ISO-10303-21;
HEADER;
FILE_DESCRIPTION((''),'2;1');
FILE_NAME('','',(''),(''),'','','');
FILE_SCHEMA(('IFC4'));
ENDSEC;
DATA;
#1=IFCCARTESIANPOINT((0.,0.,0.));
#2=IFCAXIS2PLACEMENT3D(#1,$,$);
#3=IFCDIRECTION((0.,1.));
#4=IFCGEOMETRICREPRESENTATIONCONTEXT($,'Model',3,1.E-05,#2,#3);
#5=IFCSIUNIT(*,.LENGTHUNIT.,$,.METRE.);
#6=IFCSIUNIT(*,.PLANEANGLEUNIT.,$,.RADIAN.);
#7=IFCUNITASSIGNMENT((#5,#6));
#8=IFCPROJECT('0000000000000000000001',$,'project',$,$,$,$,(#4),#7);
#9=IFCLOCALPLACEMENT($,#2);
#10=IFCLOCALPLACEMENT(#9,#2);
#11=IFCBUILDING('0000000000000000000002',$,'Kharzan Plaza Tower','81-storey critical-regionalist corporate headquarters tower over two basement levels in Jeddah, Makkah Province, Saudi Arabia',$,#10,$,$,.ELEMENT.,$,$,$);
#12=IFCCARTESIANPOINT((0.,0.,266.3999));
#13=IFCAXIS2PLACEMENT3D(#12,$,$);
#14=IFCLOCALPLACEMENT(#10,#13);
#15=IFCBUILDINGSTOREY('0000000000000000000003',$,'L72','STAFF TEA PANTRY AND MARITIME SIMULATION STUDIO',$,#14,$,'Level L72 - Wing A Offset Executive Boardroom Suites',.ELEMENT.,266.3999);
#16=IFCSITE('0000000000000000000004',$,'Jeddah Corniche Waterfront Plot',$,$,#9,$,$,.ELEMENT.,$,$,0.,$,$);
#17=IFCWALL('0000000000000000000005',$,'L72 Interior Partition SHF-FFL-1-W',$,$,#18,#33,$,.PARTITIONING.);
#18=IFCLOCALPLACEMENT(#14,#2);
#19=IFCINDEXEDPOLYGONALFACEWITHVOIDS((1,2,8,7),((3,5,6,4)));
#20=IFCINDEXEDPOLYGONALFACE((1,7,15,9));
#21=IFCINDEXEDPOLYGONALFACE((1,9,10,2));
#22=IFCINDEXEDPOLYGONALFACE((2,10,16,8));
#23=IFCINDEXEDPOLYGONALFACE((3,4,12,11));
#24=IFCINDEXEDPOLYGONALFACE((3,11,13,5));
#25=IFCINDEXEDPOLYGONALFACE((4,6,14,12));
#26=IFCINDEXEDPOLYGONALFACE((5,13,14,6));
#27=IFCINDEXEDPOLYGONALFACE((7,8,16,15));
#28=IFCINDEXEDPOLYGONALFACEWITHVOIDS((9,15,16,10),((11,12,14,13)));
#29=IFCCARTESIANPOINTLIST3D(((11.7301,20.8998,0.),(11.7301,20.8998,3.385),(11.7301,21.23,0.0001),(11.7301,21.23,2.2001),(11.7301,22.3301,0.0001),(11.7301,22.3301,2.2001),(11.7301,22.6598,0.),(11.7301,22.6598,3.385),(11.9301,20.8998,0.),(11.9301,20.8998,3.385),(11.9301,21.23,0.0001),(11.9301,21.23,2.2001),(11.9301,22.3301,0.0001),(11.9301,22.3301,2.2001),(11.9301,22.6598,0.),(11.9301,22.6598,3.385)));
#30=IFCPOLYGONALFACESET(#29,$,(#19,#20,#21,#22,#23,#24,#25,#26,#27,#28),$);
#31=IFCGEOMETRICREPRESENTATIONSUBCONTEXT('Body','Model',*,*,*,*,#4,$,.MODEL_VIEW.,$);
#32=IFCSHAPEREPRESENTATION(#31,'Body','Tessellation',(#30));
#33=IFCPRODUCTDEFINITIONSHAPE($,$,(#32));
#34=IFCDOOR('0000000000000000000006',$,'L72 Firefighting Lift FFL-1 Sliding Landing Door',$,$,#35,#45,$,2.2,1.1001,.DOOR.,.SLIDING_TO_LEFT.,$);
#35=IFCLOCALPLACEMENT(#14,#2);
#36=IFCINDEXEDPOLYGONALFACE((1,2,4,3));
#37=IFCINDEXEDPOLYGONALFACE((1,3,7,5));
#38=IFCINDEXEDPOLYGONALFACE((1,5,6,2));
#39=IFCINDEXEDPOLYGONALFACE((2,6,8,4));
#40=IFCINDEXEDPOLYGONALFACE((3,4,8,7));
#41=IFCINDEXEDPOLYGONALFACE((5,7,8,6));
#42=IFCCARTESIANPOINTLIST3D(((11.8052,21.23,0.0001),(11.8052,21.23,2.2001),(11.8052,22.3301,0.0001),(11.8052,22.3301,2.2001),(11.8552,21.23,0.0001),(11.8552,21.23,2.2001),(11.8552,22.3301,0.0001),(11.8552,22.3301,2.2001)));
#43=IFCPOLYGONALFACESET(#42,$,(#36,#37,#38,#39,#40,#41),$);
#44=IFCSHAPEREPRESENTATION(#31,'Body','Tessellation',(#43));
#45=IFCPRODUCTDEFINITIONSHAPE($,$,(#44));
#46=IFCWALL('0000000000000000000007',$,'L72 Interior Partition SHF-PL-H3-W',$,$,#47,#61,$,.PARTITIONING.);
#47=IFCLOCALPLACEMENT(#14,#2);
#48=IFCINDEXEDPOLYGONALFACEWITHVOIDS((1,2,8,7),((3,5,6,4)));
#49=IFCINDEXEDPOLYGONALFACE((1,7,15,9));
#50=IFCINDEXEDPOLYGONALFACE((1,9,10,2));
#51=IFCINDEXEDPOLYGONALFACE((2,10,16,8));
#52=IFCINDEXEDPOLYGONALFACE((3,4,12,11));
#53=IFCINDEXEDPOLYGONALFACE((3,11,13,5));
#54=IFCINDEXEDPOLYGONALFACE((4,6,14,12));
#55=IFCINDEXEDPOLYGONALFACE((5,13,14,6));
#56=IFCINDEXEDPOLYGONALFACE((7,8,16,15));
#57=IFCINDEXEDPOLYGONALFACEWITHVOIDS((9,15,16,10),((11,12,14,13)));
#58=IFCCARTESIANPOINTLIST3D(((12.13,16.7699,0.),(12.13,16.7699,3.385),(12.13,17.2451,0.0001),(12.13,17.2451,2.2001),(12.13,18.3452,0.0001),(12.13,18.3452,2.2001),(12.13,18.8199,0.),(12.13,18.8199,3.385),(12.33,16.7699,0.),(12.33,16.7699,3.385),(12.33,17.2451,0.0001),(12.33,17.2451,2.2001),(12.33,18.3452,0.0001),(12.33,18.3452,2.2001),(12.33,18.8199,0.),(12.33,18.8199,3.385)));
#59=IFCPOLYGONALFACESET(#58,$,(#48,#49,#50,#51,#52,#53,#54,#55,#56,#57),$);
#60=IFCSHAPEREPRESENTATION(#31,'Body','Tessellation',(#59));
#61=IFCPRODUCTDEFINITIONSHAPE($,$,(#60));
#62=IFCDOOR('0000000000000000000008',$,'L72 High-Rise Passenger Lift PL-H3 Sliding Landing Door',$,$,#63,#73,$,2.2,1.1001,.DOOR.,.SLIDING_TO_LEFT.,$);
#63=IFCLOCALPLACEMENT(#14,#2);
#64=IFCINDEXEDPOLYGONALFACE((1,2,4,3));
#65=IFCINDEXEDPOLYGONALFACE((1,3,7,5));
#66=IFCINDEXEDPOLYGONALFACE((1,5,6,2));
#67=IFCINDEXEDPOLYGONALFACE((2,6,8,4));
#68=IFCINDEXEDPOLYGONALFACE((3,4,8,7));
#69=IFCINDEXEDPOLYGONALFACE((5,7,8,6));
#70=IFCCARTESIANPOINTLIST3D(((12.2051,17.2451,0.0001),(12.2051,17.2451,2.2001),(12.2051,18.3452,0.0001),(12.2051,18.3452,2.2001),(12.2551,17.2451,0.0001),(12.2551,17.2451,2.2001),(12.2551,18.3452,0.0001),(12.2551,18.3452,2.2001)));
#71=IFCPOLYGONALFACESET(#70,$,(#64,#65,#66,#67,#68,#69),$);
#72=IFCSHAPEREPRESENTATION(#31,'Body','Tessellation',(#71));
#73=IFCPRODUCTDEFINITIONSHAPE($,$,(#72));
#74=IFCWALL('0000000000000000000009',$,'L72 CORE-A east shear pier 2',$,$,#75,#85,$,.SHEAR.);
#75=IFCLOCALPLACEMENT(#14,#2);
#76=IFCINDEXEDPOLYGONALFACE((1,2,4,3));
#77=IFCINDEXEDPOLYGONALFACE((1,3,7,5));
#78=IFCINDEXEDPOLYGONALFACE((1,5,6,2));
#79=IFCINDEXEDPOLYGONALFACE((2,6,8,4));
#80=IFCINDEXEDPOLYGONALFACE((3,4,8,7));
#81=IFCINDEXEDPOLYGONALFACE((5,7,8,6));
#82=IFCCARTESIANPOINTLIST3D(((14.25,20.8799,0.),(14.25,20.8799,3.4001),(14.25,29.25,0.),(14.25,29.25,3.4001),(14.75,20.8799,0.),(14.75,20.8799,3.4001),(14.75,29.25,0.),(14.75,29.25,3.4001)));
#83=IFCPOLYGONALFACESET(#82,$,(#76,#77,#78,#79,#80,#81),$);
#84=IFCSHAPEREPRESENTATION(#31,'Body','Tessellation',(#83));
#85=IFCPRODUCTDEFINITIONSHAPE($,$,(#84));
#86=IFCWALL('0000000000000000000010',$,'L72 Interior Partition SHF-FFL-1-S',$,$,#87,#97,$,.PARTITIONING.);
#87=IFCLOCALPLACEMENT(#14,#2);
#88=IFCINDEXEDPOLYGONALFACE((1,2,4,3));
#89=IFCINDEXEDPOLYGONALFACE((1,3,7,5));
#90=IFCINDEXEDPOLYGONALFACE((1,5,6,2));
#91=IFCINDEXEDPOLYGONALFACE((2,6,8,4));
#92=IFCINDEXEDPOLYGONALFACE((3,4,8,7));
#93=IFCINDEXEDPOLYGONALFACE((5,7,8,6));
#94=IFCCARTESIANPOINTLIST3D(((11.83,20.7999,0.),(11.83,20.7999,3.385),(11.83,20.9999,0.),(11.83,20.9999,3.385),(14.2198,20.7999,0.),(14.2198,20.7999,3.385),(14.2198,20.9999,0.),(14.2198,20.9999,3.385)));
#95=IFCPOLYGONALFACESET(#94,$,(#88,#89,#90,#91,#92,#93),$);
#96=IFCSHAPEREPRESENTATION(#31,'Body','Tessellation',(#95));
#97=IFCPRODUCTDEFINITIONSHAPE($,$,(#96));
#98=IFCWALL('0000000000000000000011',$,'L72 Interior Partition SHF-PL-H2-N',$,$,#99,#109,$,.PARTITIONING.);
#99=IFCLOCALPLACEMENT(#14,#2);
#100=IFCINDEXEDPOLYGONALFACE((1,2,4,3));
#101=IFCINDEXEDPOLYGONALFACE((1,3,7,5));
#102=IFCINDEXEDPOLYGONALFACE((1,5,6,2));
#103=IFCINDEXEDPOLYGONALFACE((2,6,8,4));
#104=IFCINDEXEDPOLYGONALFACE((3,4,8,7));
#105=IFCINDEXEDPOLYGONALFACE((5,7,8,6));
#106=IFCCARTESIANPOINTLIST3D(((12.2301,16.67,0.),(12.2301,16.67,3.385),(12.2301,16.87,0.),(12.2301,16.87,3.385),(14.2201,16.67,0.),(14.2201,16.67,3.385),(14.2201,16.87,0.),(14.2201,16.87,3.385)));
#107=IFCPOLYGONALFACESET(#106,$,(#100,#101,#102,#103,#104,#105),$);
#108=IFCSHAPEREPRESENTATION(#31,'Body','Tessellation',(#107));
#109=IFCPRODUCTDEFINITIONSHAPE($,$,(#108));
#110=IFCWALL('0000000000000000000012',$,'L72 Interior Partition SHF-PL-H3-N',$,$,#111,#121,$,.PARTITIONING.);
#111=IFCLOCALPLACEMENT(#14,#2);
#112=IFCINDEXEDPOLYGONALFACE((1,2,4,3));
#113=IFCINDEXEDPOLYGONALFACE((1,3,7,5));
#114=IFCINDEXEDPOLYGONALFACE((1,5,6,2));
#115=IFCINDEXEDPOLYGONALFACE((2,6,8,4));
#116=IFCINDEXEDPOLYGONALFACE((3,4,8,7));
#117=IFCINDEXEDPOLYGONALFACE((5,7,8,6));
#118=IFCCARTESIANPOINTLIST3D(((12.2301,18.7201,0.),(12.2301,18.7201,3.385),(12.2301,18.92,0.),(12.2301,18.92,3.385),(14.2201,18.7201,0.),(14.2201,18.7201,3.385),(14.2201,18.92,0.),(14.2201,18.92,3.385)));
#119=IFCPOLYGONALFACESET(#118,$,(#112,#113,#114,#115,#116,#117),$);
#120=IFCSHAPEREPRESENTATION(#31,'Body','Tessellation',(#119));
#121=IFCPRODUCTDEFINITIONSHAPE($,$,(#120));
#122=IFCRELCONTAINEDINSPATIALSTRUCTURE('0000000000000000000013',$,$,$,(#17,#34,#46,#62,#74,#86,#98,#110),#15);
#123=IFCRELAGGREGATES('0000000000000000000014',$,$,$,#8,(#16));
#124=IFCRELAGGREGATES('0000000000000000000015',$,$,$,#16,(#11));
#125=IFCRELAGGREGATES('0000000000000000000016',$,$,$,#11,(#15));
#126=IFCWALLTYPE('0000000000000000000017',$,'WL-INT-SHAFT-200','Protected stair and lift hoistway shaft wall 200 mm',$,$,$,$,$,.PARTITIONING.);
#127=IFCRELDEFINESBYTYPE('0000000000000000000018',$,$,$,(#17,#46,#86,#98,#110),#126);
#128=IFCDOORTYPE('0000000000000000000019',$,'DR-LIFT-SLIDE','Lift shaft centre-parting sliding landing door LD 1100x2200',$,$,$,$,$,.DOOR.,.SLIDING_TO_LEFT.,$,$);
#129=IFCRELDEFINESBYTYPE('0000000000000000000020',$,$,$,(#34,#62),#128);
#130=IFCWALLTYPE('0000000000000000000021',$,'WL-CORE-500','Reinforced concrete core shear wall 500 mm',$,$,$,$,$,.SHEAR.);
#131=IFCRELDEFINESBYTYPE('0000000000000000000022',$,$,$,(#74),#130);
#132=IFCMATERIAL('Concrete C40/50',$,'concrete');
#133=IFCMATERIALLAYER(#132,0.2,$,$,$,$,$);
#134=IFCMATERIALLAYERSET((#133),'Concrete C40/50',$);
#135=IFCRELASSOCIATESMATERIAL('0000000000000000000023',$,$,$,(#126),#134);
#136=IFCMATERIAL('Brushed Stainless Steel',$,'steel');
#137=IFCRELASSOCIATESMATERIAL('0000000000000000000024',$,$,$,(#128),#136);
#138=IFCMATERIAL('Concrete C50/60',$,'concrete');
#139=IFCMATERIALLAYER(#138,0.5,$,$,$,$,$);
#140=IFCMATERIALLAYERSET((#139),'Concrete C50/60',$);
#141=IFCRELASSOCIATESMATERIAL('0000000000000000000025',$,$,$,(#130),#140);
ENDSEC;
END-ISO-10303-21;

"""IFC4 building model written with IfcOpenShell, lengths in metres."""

from ifc_helpers import new_model, si_unit, direction, frame, frame_2d, origin, place, context, subcontext, project, spatial, rectangle, extrude, source, transform, mapped, material, layer, layer_set, type_object, element, fill, save


model = new_model("IFC4")

# Units and contexts
model_context = context("Model", 3, precision=1e-05, world=origin(), true_north=direction((0.0, 1.0)))
body_context = subcontext(model_context, "Body", "Model", "MODEL_VIEW")
ifc_project = project(units=[si_unit("LENGTHUNIT", "METRE"), si_unit("PLANEANGLEUNIT", "RADIAN")], contexts=[model_context])

# Site, building, storey
site_placement = place(None, origin())
site = spatial("IfcSite", under=ifc_project, at=site_placement, Name="Jeddah Corniche Waterfront Plot", CompositionType="ELEMENT", RefElevation=0.0)
building_placement = place(site_placement, origin())
building = spatial("IfcBuilding", under=site, at=building_placement, Name="Kharzan Plaza Tower", Description="81-storey critical-regionalist corporate headquarters tower over two basement levels in Jeddah, Makkah Province, Saudi Arabia", CompositionType="ELEMENT")
storey_placement = place(building_placement, frame((0.0, 0.0, 266.3999)))
storey = spatial("IfcBuildingStorey", under=building, at=storey_placement, Name="L72", Description="STAFF TEA PANTRY AND MARITIME SIMULATION STUDIO", LongName="Level L72 - Wing A Offset Executive Boardroom Suites", CompositionType="ELEMENT", Elevation=266.3999)

# Shared definitions
ifc_material_1 = material(Name="Concrete C50/60", Category="concrete")

# Shared definitions
ifc_material_2 = material(Name="Concrete C40/50", Category="concrete")

# Walls, openings, doors
ifc_layer_1 = layer(ifc_material_2, 0.2)
ifc_layer_set_1 = layer_set([ifc_layer_1], Name="Concrete C40/50")
wall_type_1 = type_object("IfcWallType", Name="WL-INT-SHAFT-200", Description="Protected stair and lift hoistway shaft wall 200 mm", PredefinedType="PARTITIONING", material=ifc_layer_set_1)
wall_1_placement = place(storey_placement, frame((11.8301, 20.8999, 0.0), z_axis=(0.0, 0.0, 1.0), x_axis=(0.0, 1.0, 0.0)))
wall_1 = element("IfcWall", 1, at=wall_1_placement, inside=storey, type_object=wall_type_1, Name="L72 Interior Partition SHF-FFL-1-W", PredefinedType="PARTITIONING", context=body_context, shape_type="SweptSolid", body=[
    extrude(rectangle(XDim=1.76, YDim=0.2, at=frame_2d((0.8799, 0.0))), origin(), (0.0, 0.0, 1.0), 3.385),
])
opening_1_placement = place(wall_1_placement, frame((0.3301, 0.0, 0.0)))
opening_1 = element("IfcOpeningElement", 2, at=opening_1_placement, cuts=wall_1, PredefinedType="OPENING", context=body_context, shape_type="SweptSolid", body=[
    extrude(rectangle(XDim=1.1001, YDim=2.2, at=frame_2d((0.55, 1.1001))), frame((0.0, 0.1099, 0.0), z_axis=(0.0, -1.0, 0.0), x_axis=(1.0, 0.0, 0.0)), (0.0, 0.0, 1.0), 0.22),
])
ifc_material_3 = material(Name="Brushed Stainless Steel", Category="steel")
door_type = type_object("IfcDoorType", Name="DR-LIFT-SLIDE", Description="Lift shaft centre-parting sliding landing door LD 1100x2200", OperationType="SLIDING_TO_LEFT", PredefinedType="DOOR", material=ifc_material_3)
shared_shape_1 = source(origin(), body_context, "Body", "SweptSolid", [
    extrude(rectangle(XDim=1.1001, YDim=2.2, at=frame_2d((0.55, 1.1001))), frame((0.0, 0.0249, 0.0), z_axis=(0.0, -1.0, 0.0), x_axis=(1.0, 0.0, 0.0)), (0.0, 0.0, 1.0), 0.05),
])
door_1_placement = place(opening_1_placement, origin())
door_1 = element("IfcDoor", 3, at=door_1_placement, inside=storey, type_object=door_type, Name="L72 Firefighting Lift FFL-1 Sliding Landing Door", OperationType="SLIDING_TO_LEFT", OverallHeight=2.2, OverallWidth=1.1001, PredefinedType="DOOR", context=body_context, shape_type="MappedRepresentation", body=[
    mapped(shared_shape_1, transform((0.0, 0.0, 0.0), x_axis=(1.0, 0.0, 0.0), y_axis=(0.0, 1.0, 0.0), z_axis=(0.0, 0.0, 1.0))),
])
fill(opening_1, door_1)
wall_2_placement = place(storey_placement, frame((12.23, 16.77, 0.0), z_axis=(0.0, 0.0, 1.0), x_axis=(0.0, 1.0, 0.0)))
wall_2 = element("IfcWall", 4, at=wall_2_placement, inside=storey, type_object=wall_type_1, Name="L72 Interior Partition SHF-PL-H3-W", PredefinedType="PARTITIONING", context=body_context, shape_type="SweptSolid", body=[
    extrude(rectangle(XDim=2.05, YDim=0.2, at=frame_2d((1.0249, 0.0))), origin(), (0.0, 0.0, 1.0), 3.385),
])
opening_2_placement = place(wall_2_placement, frame((0.4751, 0.0, 0.0)))
opening_2 = element("IfcOpeningElement", 5, at=opening_2_placement, cuts=wall_2, PredefinedType="OPENING", context=body_context, shape_type="SweptSolid", body=[
    extrude(rectangle(XDim=1.1001, YDim=2.2, at=frame_2d((0.55, 1.1001))), frame((0.0, 0.1099, 0.0), z_axis=(0.0, -1.0, 0.0), x_axis=(1.0, 0.0, 0.0)), (0.0, 0.0, 1.0), 0.22),
])
door_2_placement = place(opening_2_placement, origin())
door_2 = element("IfcDoor", 6, at=door_2_placement, inside=storey, type_object=door_type, Name="L72 High-Rise Passenger Lift PL-H3 Sliding Landing Door", OperationType="SLIDING_TO_LEFT", OverallHeight=2.2, OverallWidth=1.1001, PredefinedType="DOOR", context=body_context, shape_type="MappedRepresentation", body=[
    mapped(shared_shape_1, transform((0.0, 0.0, 0.0), x_axis=(1.0, 0.0, 0.0), y_axis=(0.0, 1.0, 0.0), z_axis=(0.0, 0.0, 1.0))),
])
fill(opening_2, door_2)

# Walls
ifc_layer_2 = layer(ifc_material_1, 0.5)
ifc_layer_set_2 = layer_set([ifc_layer_2], Name="Concrete C50/60")
wall_type_2 = type_object("IfcWallType", Name="WL-CORE-500", Description="Reinforced concrete core shear wall 500 mm", PredefinedType="SHEAR", material=ifc_layer_set_2)
shared_shape_2 = source(origin(), body_context, "Body", "SweptSolid", [
    extrude(rectangle(XDim=8.3701, YDim=0.5, at=frame_2d((4.1851, 0.0))), origin(), (0.0, 0.0, 1.0), 3.4001),
])
wall_3_placement = place(storey_placement, frame((14.5, 20.8799, 0.0), z_axis=(0.0, 0.0, 1.0), x_axis=(0.0, 1.0, 0.0)))
element("IfcWall", 7, at=wall_3_placement, inside=storey, type_object=wall_type_2, Name="L72 CORE-A east shear pier 2", PredefinedType="SHEAR", context=body_context, shape_type="MappedRepresentation", body=[
    mapped(shared_shape_2, transform((0.0, 0.0, 0.0), x_axis=(1.0, 0.0, 0.0), y_axis=(0.0, 1.0, 0.0), z_axis=(0.0, 0.0, 1.0))),
])
shared_shape_3 = source(origin(), body_context, "Body", "SweptSolid", [
    extrude(rectangle(XDim=2.3899, YDim=0.2, at=frame_2d((1.1948, 0.0))), origin(), (0.0, 0.0, 1.0), 3.385),
])
wall_4_placement = place(storey_placement, frame((11.8301, 20.8999, 0.0), z_axis=(0.0, 0.0, 1.0), x_axis=(1.0, 0.0, 0.0)))
element("IfcWall", 8, at=wall_4_placement, inside=storey, type_object=wall_type_1, Name="L72 Interior Partition SHF-FFL-1-S", PredefinedType="PARTITIONING", context=body_context, shape_type="MappedRepresentation", body=[
    mapped(shared_shape_3, transform((0.0, 0.0, 0.0), x_axis=(1.0, 0.0, 0.0), y_axis=(0.0, 1.0, 0.0), z_axis=(0.0, 0.0, 1.0))),
])
shared_shape_4 = source(origin(), body_context, "Body", "SweptSolid", [
    extrude(rectangle(XDim=1.99, YDim=0.2, at=frame_2d((0.9951, 0.0))), origin(), (0.0, 0.0, 1.0), 3.385),
])
for number, where, z_axis, x_axis, name in (
    (9, (12.23, 16.77, 0.0), (0.0, 0.0, 1.0), (1.0, 0.0, 0.0), "L72 Interior Partition SHF-PL-H2-N"),
    (10, (12.23, 18.8201, 0.0), (0.0, 0.0, 1.0), (1.0, 0.0, 0.0), "L72 Interior Partition SHF-PL-H3-N"),
):
    element("IfcWall", number, at=place(storey_placement, frame(where, z_axis=z_axis, x_axis=x_axis)), inside=storey, type_object=wall_type_1, Name=name, PredefinedType="PARTITIONING", context=body_context, shape_type="MappedRepresentation", body=[
        mapped(shared_shape_4, transform((0.0, 0.0, 0.0), x_axis=(1.0, 0.0, 0.0), y_axis=(0.0, 1.0, 0.0), z_axis=(0.0, 0.0, 1.0))),
    ])

save(model, "model.ifc")
